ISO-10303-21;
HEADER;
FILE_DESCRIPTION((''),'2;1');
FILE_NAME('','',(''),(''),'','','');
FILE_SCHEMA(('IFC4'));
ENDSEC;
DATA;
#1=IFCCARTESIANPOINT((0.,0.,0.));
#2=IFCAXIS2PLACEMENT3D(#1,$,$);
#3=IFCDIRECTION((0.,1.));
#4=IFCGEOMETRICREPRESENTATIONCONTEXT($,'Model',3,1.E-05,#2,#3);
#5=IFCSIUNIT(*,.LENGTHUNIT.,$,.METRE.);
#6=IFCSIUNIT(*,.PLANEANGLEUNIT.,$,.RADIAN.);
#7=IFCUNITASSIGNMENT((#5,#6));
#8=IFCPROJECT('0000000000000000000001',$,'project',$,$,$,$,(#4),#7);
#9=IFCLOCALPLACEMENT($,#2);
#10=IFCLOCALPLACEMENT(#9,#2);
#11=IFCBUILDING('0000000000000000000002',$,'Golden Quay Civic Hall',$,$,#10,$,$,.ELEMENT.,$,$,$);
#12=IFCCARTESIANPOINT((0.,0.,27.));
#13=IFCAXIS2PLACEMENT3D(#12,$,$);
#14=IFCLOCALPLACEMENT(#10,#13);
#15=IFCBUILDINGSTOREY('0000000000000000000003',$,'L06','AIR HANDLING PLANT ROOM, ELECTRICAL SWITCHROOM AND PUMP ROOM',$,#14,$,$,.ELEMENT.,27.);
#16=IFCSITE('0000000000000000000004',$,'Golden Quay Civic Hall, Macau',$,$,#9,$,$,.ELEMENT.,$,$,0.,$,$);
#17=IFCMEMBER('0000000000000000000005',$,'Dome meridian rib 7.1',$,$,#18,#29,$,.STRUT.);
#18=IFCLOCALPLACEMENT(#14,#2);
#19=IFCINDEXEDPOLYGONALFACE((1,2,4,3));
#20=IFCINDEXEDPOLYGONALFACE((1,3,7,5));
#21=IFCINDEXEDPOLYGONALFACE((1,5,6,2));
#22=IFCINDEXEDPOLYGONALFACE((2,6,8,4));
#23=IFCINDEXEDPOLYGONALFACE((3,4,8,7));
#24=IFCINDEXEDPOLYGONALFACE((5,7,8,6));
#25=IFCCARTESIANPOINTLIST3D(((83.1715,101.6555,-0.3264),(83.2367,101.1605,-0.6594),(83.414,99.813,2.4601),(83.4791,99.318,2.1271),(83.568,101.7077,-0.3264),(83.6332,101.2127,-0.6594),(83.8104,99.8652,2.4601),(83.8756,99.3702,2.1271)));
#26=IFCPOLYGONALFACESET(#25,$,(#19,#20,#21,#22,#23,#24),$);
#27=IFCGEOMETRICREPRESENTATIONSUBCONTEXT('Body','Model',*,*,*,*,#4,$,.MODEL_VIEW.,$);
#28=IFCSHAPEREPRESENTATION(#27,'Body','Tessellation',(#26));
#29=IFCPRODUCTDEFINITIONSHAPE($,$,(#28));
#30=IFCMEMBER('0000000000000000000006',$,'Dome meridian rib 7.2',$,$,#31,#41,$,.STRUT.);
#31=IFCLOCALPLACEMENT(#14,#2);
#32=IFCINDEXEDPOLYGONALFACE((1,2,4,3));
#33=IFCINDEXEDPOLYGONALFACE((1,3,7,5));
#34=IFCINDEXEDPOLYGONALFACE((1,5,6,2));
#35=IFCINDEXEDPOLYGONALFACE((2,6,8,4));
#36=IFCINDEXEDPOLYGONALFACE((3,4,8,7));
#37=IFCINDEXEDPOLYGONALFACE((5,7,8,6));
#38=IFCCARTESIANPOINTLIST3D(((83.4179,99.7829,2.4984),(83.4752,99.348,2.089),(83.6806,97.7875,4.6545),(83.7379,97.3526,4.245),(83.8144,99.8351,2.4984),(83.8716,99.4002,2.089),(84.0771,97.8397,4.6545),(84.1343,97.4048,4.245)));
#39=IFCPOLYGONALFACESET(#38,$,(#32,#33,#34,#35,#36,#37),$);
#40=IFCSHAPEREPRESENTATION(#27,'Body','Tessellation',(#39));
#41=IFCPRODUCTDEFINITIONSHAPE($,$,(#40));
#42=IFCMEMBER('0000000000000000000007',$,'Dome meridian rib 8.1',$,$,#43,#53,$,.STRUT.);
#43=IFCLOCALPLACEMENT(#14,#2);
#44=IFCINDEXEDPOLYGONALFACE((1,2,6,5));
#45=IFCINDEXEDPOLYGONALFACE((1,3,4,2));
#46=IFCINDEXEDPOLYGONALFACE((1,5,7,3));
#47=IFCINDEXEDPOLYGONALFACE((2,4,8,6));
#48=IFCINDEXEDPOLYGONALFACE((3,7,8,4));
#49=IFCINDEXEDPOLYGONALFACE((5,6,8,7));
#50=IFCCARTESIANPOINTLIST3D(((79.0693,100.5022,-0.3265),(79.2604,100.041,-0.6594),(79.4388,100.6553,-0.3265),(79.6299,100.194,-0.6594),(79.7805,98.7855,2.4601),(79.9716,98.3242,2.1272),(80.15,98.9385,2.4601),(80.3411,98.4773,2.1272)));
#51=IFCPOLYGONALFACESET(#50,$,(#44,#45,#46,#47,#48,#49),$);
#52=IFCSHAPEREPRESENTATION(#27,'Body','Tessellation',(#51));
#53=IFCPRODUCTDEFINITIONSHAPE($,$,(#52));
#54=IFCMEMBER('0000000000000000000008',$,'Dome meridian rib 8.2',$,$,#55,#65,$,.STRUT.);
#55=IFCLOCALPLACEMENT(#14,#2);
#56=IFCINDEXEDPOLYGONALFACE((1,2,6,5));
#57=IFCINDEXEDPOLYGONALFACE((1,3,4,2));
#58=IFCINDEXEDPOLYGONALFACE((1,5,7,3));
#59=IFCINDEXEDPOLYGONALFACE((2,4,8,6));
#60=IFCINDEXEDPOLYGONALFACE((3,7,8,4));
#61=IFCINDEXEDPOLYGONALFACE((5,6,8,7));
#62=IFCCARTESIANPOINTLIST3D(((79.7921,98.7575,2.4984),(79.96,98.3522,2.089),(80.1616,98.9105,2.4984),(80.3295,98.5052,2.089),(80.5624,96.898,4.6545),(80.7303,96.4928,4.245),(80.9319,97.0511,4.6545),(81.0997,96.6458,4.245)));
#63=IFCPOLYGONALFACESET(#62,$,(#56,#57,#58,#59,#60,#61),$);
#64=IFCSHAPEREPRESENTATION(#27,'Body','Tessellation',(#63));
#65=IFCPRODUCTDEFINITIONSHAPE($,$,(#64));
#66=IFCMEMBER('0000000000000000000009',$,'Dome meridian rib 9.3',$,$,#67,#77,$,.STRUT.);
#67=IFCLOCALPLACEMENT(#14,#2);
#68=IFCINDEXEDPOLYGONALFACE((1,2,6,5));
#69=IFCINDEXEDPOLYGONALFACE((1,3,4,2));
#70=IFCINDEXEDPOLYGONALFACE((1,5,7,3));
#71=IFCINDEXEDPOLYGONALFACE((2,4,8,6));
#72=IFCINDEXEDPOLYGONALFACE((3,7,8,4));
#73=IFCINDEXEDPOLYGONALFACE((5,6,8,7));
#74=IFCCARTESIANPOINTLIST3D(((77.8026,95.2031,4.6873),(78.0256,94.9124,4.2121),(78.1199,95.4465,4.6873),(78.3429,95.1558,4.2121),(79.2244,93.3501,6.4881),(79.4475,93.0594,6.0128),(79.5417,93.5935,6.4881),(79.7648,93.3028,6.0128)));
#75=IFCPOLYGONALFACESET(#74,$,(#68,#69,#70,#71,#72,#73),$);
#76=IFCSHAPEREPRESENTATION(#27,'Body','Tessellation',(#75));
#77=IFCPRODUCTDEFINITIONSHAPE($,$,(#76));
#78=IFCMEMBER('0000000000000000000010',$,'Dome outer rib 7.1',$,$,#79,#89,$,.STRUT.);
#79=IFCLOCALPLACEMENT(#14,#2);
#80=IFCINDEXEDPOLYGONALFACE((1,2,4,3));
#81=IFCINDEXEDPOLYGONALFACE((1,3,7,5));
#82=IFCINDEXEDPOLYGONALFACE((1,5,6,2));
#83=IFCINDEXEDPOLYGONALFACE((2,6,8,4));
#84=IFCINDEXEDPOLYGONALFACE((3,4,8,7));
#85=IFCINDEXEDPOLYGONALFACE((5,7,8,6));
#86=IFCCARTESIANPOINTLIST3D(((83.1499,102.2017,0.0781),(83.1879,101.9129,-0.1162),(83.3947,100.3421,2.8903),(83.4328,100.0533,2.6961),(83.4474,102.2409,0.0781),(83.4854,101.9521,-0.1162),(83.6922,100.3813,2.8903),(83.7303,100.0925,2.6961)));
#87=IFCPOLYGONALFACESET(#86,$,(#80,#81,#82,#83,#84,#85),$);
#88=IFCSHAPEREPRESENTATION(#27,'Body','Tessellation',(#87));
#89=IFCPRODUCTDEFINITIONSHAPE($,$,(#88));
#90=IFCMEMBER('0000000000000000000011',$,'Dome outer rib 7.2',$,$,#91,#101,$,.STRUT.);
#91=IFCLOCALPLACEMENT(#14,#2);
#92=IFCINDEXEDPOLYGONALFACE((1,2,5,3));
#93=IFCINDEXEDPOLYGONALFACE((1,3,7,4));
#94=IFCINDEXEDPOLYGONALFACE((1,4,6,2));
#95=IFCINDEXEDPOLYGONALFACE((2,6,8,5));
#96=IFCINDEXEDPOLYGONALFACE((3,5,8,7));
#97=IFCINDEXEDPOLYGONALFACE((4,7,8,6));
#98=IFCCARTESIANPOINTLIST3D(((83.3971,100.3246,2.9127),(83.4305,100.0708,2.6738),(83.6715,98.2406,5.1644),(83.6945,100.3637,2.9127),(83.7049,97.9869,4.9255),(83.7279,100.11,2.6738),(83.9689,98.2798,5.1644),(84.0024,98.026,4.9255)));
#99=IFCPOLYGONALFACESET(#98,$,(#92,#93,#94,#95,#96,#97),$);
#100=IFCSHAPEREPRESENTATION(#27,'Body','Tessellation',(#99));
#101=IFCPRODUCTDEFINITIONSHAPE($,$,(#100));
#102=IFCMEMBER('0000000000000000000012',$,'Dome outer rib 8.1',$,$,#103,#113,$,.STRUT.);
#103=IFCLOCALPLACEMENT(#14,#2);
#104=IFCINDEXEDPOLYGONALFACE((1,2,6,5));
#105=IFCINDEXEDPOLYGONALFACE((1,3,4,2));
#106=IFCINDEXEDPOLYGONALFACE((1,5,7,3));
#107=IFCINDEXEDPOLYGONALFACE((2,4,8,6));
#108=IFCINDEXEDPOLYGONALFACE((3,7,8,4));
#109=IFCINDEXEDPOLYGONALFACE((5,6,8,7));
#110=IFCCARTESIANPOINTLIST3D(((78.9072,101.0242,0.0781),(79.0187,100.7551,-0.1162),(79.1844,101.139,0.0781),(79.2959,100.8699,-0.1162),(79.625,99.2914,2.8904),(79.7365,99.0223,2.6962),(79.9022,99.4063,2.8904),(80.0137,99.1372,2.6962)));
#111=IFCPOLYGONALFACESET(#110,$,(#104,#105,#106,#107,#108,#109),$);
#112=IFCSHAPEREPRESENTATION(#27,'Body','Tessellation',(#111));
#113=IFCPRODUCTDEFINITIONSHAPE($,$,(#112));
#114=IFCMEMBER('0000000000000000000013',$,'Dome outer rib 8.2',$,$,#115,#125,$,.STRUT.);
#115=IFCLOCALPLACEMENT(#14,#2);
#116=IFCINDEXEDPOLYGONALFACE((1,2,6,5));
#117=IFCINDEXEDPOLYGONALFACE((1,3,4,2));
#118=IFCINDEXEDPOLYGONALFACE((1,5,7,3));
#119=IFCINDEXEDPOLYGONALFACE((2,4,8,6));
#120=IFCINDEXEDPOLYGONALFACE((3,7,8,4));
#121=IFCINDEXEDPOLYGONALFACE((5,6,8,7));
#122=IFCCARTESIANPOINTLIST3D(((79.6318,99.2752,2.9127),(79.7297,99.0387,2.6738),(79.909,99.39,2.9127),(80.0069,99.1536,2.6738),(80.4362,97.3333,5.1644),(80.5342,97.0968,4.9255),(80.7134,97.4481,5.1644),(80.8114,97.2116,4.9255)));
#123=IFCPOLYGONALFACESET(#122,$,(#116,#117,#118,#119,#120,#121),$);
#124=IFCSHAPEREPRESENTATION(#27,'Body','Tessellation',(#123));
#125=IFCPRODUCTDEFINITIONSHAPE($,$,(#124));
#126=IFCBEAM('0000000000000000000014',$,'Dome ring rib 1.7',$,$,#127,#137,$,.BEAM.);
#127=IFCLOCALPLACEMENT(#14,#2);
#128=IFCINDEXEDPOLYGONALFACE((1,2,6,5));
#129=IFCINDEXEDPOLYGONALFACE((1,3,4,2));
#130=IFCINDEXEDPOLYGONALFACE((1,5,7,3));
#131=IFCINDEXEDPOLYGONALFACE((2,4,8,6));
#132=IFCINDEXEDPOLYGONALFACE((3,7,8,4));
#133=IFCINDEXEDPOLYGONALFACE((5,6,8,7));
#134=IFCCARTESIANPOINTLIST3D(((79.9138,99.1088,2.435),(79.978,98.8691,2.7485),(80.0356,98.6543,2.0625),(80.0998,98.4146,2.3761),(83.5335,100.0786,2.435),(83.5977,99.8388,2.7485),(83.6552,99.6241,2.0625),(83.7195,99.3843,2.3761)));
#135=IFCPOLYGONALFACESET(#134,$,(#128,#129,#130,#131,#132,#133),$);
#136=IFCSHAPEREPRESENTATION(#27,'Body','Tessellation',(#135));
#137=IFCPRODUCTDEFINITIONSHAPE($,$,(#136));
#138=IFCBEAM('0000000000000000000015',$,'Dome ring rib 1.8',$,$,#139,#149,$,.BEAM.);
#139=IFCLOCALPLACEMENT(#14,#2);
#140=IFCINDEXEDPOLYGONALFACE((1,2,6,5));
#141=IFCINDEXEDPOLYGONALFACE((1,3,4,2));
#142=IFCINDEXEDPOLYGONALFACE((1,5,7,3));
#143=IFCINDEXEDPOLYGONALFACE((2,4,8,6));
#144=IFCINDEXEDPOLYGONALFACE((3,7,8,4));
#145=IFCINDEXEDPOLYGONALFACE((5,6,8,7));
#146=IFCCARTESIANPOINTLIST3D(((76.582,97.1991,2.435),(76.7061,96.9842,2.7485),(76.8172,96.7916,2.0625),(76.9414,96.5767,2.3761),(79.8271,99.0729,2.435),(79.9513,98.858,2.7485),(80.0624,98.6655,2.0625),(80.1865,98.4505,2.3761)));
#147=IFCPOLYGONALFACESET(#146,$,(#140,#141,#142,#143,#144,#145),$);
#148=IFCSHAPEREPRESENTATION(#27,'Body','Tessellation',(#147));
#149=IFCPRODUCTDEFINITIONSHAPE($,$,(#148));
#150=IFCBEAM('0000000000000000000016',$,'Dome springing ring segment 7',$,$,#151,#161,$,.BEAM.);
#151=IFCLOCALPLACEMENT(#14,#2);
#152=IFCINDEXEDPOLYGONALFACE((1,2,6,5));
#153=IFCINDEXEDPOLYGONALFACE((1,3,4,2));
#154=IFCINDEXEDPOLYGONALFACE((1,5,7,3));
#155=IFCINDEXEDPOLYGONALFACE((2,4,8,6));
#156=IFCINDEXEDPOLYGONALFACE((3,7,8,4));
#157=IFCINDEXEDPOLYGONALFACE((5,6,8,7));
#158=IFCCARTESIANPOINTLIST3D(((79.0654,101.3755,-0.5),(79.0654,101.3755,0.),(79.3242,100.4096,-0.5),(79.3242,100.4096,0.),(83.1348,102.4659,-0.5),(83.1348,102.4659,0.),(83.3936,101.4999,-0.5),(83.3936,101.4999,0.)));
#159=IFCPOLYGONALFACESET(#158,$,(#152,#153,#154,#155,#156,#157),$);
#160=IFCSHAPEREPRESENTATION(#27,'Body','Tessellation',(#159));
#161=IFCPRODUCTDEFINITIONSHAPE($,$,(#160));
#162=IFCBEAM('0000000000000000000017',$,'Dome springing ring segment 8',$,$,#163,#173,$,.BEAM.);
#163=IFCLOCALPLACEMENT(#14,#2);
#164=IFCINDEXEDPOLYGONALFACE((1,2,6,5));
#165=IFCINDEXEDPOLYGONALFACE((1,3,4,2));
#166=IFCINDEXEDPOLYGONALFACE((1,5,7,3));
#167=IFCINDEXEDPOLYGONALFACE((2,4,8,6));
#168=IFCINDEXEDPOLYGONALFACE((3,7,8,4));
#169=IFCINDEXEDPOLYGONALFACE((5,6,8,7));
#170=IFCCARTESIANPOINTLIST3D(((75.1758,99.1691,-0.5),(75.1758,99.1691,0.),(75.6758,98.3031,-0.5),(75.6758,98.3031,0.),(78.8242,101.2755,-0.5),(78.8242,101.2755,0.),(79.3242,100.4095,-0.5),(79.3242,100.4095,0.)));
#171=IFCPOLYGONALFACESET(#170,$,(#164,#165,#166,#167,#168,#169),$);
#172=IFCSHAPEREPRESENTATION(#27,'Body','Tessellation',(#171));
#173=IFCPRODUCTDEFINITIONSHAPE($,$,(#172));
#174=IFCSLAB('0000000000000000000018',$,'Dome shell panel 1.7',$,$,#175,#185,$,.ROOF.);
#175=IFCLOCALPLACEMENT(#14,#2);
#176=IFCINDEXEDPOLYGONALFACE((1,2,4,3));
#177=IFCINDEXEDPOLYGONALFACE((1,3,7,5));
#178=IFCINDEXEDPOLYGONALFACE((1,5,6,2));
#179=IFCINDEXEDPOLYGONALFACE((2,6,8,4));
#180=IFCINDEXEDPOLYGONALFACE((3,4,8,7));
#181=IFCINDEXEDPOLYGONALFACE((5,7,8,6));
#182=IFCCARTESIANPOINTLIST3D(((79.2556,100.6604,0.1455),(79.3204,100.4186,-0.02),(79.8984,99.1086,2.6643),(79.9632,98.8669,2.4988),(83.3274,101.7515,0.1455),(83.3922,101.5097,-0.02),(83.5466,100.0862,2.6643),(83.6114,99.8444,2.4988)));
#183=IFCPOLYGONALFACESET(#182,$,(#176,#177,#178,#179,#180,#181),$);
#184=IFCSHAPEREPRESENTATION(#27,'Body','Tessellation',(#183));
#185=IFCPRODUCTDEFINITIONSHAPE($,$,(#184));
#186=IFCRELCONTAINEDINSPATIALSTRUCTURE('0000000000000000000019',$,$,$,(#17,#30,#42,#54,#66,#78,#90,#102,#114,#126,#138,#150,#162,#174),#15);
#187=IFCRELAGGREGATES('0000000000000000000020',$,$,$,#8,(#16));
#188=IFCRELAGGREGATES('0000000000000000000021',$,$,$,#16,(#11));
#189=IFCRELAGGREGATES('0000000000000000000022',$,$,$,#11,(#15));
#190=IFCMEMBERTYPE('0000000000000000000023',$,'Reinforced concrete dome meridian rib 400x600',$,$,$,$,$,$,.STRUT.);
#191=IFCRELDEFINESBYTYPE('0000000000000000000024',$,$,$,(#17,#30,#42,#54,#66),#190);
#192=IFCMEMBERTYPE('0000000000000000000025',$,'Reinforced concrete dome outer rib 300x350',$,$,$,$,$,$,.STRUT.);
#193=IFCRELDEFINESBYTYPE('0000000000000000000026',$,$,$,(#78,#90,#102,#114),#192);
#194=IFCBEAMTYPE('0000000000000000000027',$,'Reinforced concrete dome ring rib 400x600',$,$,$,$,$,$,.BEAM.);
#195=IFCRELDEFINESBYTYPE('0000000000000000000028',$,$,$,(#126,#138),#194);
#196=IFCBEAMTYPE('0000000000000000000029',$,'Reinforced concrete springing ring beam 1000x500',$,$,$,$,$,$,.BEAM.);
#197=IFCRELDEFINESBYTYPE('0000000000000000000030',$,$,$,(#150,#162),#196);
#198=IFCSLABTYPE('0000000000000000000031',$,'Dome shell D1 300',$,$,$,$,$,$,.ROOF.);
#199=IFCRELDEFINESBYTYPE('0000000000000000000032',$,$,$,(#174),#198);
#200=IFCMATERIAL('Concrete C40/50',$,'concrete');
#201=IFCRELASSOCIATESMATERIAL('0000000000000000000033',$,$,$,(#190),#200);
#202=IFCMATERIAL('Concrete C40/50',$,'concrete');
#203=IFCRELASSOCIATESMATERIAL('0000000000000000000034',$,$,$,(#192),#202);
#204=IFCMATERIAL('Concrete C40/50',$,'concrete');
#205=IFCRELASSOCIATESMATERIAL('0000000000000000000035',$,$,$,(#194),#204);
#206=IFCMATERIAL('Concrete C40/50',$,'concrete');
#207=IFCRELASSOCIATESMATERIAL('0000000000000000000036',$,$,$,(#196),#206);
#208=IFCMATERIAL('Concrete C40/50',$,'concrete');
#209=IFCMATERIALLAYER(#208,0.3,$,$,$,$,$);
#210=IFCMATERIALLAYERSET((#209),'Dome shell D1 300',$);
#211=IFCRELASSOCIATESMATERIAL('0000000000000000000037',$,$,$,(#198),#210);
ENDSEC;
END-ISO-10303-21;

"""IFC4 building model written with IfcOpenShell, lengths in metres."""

from ifc_helpers import new_model, si_unit, direction, frame, origin, origin_2d, place, context, subcontext, project, spatial, polyline, rectangle, outline, extrude, material, layer, layer_set, material_profile, profile_set, type_object, element, save


model = new_model("IFC4")

# Units and contexts
model_context = context("Model", 3, precision=1e-05, world=origin(), true_north=direction((0.0, 1.0)))
body_context = subcontext(model_context, "Body", "Model", "MODEL_VIEW")
ifc_project = project(units=[si_unit("LENGTHUNIT", "METRE"), si_unit("PLANEANGLEUNIT", "RADIAN")], contexts=[model_context])

# Site, building, storey
site_placement = place(None, origin())
site = spatial("IfcSite", under=ifc_project, at=site_placement, Name="Golden Quay Civic Hall, Macau", CompositionType="ELEMENT", RefElevation=0.0)
building_placement = place(site_placement, origin())
building = spatial("IfcBuilding", under=site, at=building_placement, Name="Golden Quay Civic Hall", CompositionType="ELEMENT")
storey_placement = place(building_placement, frame((0.0, 0.0, 27.0)))
storey = spatial("IfcBuildingStorey", under=building, at=storey_placement, Name="L06", Description="AIR HANDLING PLANT ROOM, ELECTRICAL SWITCHROOM AND PUMP ROOM", CompositionType="ELEMENT", Elevation=27.0)

# Members
ifc_material_1 = material(Name="Concrete C40/50", Category="concrete")
ifc_material_profile_1 = material_profile(ifc_material_1, rectangle(XDim=0.3999, YDim=0.6001, at=origin_2d()), Name="RC 400x600")
ifc_profile_set_1 = profile_set([ifc_material_profile_1], Name="Concrete C40/50")
member_type_1 = type_object("IfcMemberType", Name="Reinforced concrete dome meridian rib 400x600", PredefinedType="STRUT", material=ifc_profile_set_1)
member_1_placement = place(storey_placement, frame((83.4023, 101.4341, -0.4929), z_axis=(0.072379, -0.550096, 0.831959), x_axis=(0.991455, 0.130451, 0.0)))
element("IfcMember", 1, at=member_1_placement, inside=storey, type_object=member_type_1, Name="Dome meridian rib 7.1", PredefinedType="STRUT", context=body_context, shape_type="SweptSolid", body=[
    extrude(rectangle(XDim=0.3999, YDim=0.6001, at=origin_2d()), origin(), (0.0, 0.0, 1.0), 3.3494),
])
member_2_placement = place(storey_placement, frame((83.6448, 99.5916, 2.2937), z_axis=(0.089068, -0.676536, 0.731003), x_axis=(0.991445, 0.130527, 0.0)))
element("IfcMember", 2, at=member_2_placement, inside=storey, type_object=member_type_1, Name="Dome meridian rib 7.2", PredefinedType="STRUT", context=body_context, shape_type="SweptSolid", body=[
    extrude(rectangle(XDim=0.3999, YDim=0.6001, at=origin_2d()), origin(), (0.0, 0.0, 1.0), 2.9495),
])
member_3_placement = place(storey_placement, frame((79.3496, 100.3481, -0.4929), z_axis=(0.212332, -0.51257, 0.831978), x_axis=(0.923868, 0.382711, 0.0)))
element("IfcMember", 3, at=member_3_placement, inside=storey, type_object=member_type_1, Name="Dome meridian rib 8.1", PredefinedType="STRUT", context=body_context, shape_type="SweptSolid", body=[
    extrude(rectangle(XDim=0.3999, YDim=0.6001, at=origin_2d()), origin(), (0.0, 0.0, 1.0), 3.3494),
])
member_4_placement = place(storey_placement, frame((80.0608, 98.6313, 2.2937), z_axis=(0.26116, -0.630425, 0.730999), x_axis=(0.923865, 0.38272, 0.0)))
element("IfcMember", 4, at=member_4_placement, inside=storey, type_object=member_type_1, Name="Dome meridian rib 8.2", PredefinedType="STRUT", context=body_context, shape_type="SweptSolid", body=[
    extrude(rectangle(XDim=0.3999, YDim=0.6001, at=origin_2d()), origin(), (0.0, 0.0, 1.0), 2.9495),
])
member_5_placement = place(storey_placement, frame((78.0728, 95.1794, 4.4497), z_axis=(0.482109, -0.628298, 0.610583), x_axis=(0.793354, 0.608761, 0.0)))
element("IfcMember", 5, at=member_5_placement, inside=storey, type_object=member_type_1, Name="Dome meridian rib 9.3", PredefinedType="STRUT", context=body_context, shape_type="SweptSolid", body=[
    extrude(rectangle(XDim=0.3999, YDim=0.6001, at=origin_2d()), origin(), (0.0, 0.0, 1.0), 2.9492),
])
ifc_material_2 = material(Name="Concrete C40/50", Category="concrete")
ifc_material_profile_2 = material_profile(ifc_material_2, rectangle(XDim=0.3, YDim=0.3501, at=origin_2d()), Name="RC 300x350")
ifc_profile_set_2 = profile_set([ifc_material_profile_2], Name="Concrete C40/50")
member_type_2 = type_object("IfcMemberType", Name="Reinforced concrete dome outer rib 300x350", PredefinedType="STRUT", material=ifc_profile_set_2)
member_6_placement = place(storey_placement, frame((83.3176, 102.0769, -0.019), z_axis=(0.07244, -0.550122, 0.831936), x_axis=(0.991441, 0.130552, 0.0)))
element("IfcMember", 6, at=member_6_placement, inside=storey, type_object=member_type_2, Name="Dome outer rib 7.1", PredefinedType="STRUT", context=body_context, shape_type="SweptSolid", body=[
    extrude(rectangle(XDim=0.3, YDim=0.3501, at=origin_2d()), origin(), (0.0, 0.0, 1.0), 3.3804),
])
member_7_placement = place(storey_placement, frame((83.5625, 100.2173, 2.7932), z_axis=(0.089086, -0.676544, 0.730994), x_axis=(0.991442, 0.130551, 0.0)))
element("IfcMember", 7, at=member_7_placement, inside=storey, type_object=member_type_2, Name="Dome outer rib 7.2", PredefinedType="STRUT", context=body_context, shape_type="SweptSolid", body=[
    extrude(rectangle(XDim=0.3, YDim=0.3501, at=origin_2d()), origin(), (0.0, 0.0, 1.0), 3.0803),
])
member_8_placement = place(storey_placement, frame((79.1016, 100.947, -0.019), z_axis=(0.212343, -0.512585, 0.831966), x_axis=(0.923865, 0.38272, 0.0)))
element("IfcMember", 8, at=member_8_placement, inside=storey, type_object=member_type_2, Name="Dome outer rib 8.1", PredefinedType="STRUT", context=body_context, shape_type="SweptSolid", body=[
    extrude(rectangle(XDim=0.3, YDim=0.3501, at=origin_2d()), origin(), (0.0, 0.0, 1.0), 3.3804),
])
member_9_placement = place(storey_placement, frame((79.8193, 99.2144, 2.7932), z_axis=(0.261157, -0.630423, 0.731002), x_axis=(0.923865, 0.382718, 0.0)))
element("IfcMember", 9, at=member_9_placement, inside=storey, type_object=member_type_2, Name="Dome outer rib 8.2", PredefinedType="STRUT", context=body_context, shape_type="SweptSolid", body=[
    extrude(rectangle(XDim=0.3, YDim=0.3501, at=origin_2d()), origin(), (0.0, 0.0, 1.0), 3.0803),
])

# Beams
ifc_material_3 = material(Name="Concrete C40/50", Category="concrete")
ifc_material_profile_3 = material_profile(ifc_material_3, rectangle(XDim=0.3999, YDim=0.6001, at=origin_2d()), Name="RC 400x600")
ifc_profile_set_3 = profile_set([ifc_material_profile_3], Name="Concrete C40/50")
beam_type_1 = type_object("IfcBeamType", Name="Reinforced concrete dome ring rib 400x600", PredefinedType="BEAM", material=ifc_profile_set_3)
for number, where, z_axis, x_axis, name in (
    (10, (83.6265, 99.7314, 2.4055), (-0.965936, -0.258782, 0.0), (0.160616, -0.599518, 0.784079), "Dome ring rib 1.7"),
    (11, (80.0068, 98.7617, 2.4055), (-0.866001, -0.500042, 0.0), (0.310356, -0.537493, 0.784079), "Dome ring rib 1.8"),
):
    element("IfcBeam", number, at=place(storey_placement, frame(where, z_axis=z_axis, x_axis=x_axis)), inside=storey, type_object=beam_type_1, Name=name, PredefinedType="BEAM", context=body_context, shape_type="SweptSolid", body=[
        extrude(rectangle(XDim=0.3999, YDim=0.6001, at=origin_2d()), origin(), (0.0, 0.0, 1.0), 3.7473),
    ])
ifc_material_4 = material(Name="Concrete C40/50", Category="concrete")
ifc_material_profile_4 = material_profile(ifc_material_4, rectangle(XDim=1.0, YDim=0.5, at=origin_2d()), Name="RC 1000x500")
ifc_profile_set_4 = profile_set([ifc_material_profile_4], Name="Concrete C40/50")
beam_type_2 = type_object("IfcBeamType", Name="Reinforced concrete springing ring beam 1000x500", PredefinedType="BEAM", material=ifc_profile_set_4)
for number, where, z_axis, x_axis, name in (
    (12, (83.2642, 101.9829, -0.25), (-0.965928, -0.258809, 0.0), (0.258809, -0.965928, 0.0), "Dome springing ring segment 7"),
    (13, (79.0742, 100.8425, -0.25), (-0.866023, -0.500003, 0.0), (0.500003, -0.866023, 0.0), "Dome springing ring segment 8"),
):
    element("IfcBeam", number, at=place(storey_placement, frame(where, z_axis=z_axis, x_axis=x_axis)), inside=storey, type_object=beam_type_2, Name=name, PredefinedType="BEAM", context=body_context, shape_type="SweptSolid", body=[
        extrude(rectangle(XDim=1.0, YDim=0.5, at=origin_2d()), origin(), (0.0, 0.0, 1.0), 4.2129),
    ])

# Slab
ifc_material_5 = material(Name="Concrete C40/50", Category="concrete")
ifc_layer_1 = layer(ifc_material_5, 0.3)
ifc_layer_set_1 = layer_set([ifc_layer_1], Name="Dome shell D1 300")
slab_type = type_object("IfcSlabType", Name="Dome shell D1 300", PredefinedType="ROOF", material=ifc_layer_set_1)
slab_1_placement = place(storey_placement, frame((83.3274, 101.7515, 0.1455), z_axis=(-0.215904, 0.805748, 0.551503), x_axis=(-0.965924, -0.258825, 0.000001)))
element("IfcSlab", 14, at=slab_1_placement, inside=storey, type_object=slab_type, Name="Dome shell panel 1.7", PredefinedType="ROOF", context=body_context, shape_type="SweptSolid", body=[
    extrude(outline(polyline([(0.0, 0.0), (4.2154, 0.0), (3.9961, 3.0195), (0.2193, 3.0195), (0.0, 0.0)])), origin(), (0.0, 0.0, -1.0), 0.3),
])

save(model, "model.ifc")
